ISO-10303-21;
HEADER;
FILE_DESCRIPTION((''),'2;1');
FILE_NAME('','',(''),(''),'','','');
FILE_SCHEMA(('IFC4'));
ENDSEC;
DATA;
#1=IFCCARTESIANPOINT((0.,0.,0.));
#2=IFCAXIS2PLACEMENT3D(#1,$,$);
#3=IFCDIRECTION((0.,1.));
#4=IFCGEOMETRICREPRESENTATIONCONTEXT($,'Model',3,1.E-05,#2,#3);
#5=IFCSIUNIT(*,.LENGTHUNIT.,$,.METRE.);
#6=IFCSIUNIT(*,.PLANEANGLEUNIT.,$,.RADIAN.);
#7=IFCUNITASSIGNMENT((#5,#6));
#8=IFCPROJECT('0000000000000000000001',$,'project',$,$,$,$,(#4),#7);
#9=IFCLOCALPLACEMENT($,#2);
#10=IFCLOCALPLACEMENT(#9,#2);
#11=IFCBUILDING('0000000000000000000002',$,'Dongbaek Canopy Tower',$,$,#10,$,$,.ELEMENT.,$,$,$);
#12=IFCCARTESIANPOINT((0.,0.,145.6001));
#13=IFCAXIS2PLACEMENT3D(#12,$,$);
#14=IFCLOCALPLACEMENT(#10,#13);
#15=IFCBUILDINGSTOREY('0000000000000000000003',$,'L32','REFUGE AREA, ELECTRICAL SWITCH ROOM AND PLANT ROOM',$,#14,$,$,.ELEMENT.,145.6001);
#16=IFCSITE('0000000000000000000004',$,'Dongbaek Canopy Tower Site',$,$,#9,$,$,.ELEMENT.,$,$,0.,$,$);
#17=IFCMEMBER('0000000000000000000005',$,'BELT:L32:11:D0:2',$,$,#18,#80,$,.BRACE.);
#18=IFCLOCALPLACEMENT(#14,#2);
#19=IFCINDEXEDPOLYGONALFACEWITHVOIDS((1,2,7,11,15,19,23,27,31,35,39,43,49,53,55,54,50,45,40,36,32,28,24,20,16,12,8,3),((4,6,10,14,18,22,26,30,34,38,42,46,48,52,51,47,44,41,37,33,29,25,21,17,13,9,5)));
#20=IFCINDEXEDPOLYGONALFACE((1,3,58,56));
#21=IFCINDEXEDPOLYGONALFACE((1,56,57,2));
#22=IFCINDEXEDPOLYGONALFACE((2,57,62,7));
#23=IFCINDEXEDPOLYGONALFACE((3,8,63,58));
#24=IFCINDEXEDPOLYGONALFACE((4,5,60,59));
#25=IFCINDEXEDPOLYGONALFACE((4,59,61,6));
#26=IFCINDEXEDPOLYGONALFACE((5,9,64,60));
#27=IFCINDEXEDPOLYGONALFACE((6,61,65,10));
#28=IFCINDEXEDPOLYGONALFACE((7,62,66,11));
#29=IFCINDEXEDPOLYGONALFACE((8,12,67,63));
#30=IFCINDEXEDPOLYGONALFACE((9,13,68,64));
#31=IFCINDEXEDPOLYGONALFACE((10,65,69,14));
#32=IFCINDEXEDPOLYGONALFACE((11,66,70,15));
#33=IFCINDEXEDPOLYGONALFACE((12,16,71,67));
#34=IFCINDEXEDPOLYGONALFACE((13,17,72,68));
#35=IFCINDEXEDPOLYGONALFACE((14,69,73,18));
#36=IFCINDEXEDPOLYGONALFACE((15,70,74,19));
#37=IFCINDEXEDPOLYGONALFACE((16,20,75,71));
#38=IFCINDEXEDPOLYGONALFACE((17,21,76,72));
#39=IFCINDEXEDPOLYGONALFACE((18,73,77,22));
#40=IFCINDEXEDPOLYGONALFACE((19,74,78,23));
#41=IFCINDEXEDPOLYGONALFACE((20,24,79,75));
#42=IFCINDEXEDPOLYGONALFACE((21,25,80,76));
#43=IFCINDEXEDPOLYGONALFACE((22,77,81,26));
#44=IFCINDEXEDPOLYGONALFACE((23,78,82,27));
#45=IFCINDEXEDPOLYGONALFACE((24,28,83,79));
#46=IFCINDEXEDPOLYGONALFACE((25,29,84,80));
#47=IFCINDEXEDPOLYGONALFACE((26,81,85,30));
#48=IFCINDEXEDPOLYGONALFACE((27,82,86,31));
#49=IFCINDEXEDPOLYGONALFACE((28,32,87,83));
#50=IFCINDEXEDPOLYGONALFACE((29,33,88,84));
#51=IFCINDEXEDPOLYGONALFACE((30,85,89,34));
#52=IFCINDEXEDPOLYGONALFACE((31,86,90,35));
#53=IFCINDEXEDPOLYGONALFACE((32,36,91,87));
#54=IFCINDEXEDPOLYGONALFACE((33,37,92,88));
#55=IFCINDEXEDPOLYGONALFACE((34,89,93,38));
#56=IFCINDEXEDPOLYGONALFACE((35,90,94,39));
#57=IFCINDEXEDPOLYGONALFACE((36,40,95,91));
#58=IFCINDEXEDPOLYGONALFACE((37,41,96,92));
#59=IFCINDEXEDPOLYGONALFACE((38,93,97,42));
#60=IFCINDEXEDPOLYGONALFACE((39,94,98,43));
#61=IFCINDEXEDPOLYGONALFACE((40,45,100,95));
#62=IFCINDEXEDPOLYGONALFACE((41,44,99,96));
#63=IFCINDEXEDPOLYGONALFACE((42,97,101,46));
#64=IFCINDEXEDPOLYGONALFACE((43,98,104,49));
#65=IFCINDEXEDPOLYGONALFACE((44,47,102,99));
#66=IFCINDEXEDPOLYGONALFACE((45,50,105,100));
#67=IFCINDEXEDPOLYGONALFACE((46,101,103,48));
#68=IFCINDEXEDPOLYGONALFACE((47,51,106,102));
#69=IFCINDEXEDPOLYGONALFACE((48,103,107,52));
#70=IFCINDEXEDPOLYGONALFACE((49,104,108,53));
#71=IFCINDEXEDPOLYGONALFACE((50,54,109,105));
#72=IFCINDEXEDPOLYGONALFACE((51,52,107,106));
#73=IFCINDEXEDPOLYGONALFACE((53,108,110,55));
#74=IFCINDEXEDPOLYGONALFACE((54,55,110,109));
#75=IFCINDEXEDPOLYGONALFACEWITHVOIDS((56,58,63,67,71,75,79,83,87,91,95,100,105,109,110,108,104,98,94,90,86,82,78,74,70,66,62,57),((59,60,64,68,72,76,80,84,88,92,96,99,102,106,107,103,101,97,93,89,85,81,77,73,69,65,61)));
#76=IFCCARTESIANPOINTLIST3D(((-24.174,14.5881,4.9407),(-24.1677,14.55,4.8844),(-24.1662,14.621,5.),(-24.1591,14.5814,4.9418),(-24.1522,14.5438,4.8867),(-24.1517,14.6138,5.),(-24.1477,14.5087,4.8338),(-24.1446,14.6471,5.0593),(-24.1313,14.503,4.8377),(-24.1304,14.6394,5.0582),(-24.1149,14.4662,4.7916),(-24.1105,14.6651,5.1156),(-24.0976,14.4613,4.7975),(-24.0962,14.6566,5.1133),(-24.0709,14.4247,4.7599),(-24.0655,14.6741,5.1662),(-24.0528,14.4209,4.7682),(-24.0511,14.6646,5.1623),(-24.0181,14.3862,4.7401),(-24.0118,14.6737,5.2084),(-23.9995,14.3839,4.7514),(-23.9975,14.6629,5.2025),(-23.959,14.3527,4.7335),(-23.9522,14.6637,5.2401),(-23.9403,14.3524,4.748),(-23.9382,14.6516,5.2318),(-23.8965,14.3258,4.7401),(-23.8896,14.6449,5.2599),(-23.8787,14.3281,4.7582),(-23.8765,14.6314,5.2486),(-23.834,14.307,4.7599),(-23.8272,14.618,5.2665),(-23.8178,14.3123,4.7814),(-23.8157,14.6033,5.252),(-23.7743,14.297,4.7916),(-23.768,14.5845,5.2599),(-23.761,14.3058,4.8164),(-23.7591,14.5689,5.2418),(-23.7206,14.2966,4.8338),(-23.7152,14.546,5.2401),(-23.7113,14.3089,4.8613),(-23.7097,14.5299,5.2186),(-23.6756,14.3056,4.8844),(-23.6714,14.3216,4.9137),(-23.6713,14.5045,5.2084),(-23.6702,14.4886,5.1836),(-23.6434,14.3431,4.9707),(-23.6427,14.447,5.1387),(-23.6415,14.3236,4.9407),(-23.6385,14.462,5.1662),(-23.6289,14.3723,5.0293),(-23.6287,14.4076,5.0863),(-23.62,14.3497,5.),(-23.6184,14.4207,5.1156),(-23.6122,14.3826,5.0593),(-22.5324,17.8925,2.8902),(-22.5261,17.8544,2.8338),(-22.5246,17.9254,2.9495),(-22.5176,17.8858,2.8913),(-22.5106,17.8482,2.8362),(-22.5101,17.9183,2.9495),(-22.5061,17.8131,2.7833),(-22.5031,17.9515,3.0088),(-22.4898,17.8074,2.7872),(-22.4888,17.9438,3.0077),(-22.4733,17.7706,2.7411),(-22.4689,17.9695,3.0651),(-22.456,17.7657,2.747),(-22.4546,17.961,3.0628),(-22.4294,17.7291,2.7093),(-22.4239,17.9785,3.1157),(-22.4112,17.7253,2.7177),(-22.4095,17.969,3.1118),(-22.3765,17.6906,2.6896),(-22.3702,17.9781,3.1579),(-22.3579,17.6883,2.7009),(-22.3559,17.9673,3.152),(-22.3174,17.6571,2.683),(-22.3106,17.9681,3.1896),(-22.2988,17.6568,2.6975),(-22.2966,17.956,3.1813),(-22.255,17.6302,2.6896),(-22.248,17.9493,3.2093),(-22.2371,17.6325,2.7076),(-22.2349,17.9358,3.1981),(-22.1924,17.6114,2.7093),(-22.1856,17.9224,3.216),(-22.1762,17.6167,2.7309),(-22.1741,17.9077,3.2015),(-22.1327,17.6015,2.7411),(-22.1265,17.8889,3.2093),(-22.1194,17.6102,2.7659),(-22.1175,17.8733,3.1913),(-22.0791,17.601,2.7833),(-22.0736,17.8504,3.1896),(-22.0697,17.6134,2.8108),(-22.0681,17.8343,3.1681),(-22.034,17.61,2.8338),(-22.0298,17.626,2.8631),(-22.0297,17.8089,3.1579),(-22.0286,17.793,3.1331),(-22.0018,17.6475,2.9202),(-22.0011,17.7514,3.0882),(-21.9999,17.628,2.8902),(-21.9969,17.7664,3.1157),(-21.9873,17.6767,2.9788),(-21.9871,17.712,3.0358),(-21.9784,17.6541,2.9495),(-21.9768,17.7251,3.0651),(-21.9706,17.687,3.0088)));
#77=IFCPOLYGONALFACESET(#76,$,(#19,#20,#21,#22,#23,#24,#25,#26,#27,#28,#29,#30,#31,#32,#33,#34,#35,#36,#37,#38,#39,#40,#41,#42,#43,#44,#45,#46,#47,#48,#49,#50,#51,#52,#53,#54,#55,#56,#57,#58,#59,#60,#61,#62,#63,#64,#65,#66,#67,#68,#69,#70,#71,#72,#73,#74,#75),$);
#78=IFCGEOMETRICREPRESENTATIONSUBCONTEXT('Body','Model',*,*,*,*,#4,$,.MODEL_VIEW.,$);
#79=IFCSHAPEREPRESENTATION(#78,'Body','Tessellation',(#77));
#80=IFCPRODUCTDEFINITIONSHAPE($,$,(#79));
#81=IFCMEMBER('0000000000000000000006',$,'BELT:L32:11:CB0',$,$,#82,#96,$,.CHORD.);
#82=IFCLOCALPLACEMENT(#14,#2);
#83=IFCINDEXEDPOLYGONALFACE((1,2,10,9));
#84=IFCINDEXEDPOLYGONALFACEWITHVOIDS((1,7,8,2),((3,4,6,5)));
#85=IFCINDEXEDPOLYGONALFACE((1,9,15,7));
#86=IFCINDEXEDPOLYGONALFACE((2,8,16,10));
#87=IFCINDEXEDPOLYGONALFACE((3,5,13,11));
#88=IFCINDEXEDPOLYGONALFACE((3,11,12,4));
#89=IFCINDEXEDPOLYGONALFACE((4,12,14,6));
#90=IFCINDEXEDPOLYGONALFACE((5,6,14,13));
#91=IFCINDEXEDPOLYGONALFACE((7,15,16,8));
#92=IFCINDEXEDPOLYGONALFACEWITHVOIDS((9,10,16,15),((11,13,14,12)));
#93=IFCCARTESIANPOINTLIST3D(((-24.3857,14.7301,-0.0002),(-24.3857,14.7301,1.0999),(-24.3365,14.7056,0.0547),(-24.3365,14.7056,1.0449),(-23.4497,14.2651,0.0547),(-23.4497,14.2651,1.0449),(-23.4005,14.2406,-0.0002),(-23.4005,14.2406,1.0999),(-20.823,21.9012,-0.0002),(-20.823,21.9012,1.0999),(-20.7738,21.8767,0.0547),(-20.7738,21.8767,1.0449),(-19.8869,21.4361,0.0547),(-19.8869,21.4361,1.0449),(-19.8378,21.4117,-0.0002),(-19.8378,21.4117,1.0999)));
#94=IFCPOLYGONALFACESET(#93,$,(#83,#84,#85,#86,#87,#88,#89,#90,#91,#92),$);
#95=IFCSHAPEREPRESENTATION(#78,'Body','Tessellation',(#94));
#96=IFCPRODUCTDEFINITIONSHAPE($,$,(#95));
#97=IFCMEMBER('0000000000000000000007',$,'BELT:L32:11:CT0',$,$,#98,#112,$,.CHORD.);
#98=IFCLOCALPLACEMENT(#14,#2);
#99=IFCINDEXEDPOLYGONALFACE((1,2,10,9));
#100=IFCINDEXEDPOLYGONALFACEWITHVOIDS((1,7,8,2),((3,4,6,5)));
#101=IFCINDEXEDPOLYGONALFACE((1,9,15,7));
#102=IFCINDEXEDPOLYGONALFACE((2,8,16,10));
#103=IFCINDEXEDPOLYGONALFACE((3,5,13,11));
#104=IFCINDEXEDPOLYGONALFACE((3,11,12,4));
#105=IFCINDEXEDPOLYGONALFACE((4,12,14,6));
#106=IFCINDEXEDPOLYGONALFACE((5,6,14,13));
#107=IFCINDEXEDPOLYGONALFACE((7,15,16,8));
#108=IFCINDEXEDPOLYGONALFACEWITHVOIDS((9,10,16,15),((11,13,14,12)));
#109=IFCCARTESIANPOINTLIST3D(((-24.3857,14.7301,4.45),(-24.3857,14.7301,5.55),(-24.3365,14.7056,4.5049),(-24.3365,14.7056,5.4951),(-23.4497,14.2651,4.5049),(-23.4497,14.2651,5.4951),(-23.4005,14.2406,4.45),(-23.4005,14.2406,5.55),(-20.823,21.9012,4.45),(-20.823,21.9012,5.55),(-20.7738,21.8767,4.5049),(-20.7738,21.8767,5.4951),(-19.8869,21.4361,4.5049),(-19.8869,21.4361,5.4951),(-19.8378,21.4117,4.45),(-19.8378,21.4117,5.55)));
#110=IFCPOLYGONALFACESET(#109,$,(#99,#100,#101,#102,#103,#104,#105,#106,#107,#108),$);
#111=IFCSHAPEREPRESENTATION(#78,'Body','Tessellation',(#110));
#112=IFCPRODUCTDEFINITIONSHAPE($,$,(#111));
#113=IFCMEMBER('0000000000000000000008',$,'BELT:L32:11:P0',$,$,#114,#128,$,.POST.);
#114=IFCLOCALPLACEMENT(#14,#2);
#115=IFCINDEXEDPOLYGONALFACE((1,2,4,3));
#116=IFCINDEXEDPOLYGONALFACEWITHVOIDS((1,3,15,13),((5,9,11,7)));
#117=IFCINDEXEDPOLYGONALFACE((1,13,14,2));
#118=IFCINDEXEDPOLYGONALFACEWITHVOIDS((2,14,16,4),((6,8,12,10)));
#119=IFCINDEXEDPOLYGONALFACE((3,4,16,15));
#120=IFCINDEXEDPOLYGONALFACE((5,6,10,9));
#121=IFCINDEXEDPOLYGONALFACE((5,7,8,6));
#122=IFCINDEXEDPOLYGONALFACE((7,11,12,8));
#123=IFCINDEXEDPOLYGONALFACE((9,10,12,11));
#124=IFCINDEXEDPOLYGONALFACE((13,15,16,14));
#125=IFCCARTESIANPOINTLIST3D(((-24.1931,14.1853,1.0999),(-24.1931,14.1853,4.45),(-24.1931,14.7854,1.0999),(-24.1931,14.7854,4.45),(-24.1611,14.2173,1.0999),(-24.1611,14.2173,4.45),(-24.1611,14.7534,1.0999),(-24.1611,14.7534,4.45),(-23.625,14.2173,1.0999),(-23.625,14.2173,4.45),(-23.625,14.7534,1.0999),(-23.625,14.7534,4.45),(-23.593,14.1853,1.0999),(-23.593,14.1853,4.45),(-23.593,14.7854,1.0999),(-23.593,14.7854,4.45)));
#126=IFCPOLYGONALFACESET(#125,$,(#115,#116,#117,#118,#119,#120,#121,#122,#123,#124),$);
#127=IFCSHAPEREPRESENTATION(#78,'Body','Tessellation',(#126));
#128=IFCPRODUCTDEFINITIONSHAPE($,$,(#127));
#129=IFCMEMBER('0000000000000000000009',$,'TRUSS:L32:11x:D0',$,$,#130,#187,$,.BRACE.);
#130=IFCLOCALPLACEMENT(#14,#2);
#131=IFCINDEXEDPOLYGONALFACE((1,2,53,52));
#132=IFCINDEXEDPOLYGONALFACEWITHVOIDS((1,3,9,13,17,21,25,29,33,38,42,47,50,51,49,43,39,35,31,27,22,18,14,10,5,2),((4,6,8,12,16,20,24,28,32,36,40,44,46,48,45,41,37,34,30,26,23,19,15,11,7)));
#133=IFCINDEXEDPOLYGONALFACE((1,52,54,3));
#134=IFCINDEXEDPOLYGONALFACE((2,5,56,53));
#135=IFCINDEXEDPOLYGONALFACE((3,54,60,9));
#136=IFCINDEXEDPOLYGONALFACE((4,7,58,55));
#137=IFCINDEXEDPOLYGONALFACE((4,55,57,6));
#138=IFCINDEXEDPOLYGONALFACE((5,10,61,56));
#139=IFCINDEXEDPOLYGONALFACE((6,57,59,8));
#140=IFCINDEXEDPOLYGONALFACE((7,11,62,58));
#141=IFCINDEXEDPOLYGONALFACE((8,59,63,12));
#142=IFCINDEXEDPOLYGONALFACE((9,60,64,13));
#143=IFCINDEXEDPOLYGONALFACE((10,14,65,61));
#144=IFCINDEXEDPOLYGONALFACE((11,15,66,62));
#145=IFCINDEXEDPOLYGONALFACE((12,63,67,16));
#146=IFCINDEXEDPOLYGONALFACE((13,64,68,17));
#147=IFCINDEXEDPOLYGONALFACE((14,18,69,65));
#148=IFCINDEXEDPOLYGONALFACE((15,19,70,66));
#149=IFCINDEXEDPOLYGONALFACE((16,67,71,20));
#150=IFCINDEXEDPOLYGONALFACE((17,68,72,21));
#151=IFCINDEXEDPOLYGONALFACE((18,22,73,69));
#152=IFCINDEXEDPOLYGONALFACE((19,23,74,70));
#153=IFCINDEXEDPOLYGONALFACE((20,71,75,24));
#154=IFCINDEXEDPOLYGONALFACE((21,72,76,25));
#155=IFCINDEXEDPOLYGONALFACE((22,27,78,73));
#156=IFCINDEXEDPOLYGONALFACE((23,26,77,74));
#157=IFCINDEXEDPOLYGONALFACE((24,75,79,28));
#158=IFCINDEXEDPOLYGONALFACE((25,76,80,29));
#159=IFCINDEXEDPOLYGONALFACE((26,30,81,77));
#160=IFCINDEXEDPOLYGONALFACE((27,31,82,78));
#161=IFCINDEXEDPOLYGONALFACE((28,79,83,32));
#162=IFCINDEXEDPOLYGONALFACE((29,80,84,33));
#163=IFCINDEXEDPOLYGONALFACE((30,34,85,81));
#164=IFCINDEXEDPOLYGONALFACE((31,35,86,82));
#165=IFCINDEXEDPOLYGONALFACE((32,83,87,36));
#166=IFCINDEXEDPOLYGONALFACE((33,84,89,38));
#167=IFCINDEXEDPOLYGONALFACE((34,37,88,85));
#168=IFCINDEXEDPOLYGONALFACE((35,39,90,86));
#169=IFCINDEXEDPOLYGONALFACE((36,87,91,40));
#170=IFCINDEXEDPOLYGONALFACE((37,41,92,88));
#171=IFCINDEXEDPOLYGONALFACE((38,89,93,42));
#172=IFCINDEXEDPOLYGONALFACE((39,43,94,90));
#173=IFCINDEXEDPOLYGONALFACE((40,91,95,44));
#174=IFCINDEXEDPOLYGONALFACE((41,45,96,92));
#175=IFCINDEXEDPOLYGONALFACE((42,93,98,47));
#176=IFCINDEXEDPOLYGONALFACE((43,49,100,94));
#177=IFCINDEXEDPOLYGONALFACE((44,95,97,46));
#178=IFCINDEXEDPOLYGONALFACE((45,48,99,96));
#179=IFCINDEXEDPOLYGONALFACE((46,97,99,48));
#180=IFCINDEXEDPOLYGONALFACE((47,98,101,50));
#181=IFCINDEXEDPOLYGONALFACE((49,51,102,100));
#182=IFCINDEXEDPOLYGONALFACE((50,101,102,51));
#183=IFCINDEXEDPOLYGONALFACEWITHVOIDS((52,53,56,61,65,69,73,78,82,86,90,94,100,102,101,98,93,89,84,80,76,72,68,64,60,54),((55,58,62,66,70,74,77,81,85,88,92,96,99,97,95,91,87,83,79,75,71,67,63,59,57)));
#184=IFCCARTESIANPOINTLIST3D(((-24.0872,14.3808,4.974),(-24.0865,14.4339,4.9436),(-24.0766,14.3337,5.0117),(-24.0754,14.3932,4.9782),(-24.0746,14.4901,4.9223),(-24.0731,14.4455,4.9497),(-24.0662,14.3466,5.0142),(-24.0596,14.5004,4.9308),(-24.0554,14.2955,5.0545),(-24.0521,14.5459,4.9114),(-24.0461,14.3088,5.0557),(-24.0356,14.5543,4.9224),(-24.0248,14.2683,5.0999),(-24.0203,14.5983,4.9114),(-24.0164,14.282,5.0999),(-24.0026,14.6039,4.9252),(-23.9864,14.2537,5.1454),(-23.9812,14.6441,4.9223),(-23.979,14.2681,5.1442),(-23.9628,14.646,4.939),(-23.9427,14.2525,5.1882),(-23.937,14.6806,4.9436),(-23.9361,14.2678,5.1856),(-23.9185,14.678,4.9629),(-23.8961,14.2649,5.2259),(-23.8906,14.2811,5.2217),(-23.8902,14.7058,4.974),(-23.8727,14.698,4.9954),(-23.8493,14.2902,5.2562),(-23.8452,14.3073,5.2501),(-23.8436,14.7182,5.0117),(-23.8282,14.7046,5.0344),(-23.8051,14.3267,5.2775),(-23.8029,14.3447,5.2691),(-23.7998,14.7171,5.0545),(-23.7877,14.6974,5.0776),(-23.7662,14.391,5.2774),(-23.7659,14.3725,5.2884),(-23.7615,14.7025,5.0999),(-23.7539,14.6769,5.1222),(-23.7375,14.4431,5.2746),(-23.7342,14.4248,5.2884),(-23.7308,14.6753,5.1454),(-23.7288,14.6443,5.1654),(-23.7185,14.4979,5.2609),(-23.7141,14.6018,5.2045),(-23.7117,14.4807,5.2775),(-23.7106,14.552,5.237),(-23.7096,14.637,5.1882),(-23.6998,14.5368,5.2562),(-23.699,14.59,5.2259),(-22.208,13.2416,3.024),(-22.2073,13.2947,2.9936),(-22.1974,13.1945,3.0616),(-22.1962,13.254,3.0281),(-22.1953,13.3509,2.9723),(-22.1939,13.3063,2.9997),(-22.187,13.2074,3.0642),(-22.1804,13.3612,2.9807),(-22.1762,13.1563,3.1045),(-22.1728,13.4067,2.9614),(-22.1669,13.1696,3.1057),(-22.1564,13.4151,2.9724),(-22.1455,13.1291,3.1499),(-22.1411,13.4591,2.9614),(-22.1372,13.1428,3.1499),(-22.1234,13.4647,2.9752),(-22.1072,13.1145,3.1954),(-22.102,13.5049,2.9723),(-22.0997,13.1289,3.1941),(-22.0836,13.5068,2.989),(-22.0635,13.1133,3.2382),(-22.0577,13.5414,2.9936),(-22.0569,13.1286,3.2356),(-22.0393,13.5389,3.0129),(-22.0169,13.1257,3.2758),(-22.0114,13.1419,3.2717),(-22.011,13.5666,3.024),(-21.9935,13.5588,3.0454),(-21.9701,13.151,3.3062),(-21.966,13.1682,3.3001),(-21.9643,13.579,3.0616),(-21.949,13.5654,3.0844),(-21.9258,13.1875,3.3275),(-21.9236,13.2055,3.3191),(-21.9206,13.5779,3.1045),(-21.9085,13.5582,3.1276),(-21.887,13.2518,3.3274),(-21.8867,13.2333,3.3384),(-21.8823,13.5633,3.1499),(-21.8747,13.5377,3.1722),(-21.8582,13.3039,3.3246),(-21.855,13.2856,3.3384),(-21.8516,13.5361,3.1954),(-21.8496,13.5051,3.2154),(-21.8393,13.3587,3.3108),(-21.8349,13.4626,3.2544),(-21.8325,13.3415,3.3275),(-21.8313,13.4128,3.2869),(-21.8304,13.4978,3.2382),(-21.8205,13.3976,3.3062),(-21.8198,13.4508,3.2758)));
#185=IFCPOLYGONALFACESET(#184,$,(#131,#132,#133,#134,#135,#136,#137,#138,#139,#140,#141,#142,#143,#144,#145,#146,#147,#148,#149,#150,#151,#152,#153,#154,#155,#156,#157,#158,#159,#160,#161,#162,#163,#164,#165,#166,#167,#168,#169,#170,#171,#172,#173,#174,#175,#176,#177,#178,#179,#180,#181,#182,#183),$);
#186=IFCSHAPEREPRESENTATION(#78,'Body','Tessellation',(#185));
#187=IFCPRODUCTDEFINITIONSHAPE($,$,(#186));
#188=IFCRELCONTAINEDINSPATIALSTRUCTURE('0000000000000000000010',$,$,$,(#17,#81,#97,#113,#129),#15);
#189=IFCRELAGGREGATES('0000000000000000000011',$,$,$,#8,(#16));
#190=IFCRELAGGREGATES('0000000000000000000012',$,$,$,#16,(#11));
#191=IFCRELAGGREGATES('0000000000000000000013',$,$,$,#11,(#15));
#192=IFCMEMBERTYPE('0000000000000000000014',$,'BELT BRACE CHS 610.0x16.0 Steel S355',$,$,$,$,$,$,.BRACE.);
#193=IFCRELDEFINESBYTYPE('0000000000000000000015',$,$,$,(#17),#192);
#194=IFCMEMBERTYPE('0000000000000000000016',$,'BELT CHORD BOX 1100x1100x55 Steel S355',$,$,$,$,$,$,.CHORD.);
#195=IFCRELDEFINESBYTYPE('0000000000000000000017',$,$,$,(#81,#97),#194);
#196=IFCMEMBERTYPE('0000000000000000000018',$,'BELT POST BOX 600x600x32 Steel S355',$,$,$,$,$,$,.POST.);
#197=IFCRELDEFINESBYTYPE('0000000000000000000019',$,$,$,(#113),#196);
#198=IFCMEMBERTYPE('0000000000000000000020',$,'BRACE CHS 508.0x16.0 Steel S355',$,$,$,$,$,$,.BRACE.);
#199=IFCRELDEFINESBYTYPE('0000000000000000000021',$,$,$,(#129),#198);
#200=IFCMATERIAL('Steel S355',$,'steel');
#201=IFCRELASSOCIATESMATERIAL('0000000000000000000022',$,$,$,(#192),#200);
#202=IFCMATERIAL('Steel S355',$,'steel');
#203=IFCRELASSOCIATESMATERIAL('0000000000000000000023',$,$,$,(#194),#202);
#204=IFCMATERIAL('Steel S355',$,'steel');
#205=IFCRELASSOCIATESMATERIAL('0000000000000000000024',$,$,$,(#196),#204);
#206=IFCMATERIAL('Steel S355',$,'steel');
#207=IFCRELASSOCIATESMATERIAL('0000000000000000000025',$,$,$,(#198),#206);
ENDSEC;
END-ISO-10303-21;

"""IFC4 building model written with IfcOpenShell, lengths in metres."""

from ifc_helpers import new_model, si_unit, direction, frame, origin, origin_2d, place, context, subcontext, project, spatial, hollow_rectangle, hollow_circle, extrude, material, material_profile, profile_set, type_object, element, save


model = new_model("IFC4")

# Units and contexts
model_context = context("Model", 3, precision=1e-05, world=origin(), true_north=direction((0.0, 1.0)))
body_context = subcontext(model_context, "Body", "Model", "MODEL_VIEW")
ifc_project = project(units=[si_unit("LENGTHUNIT", "METRE"), si_unit("PLANEANGLEUNIT", "RADIAN")], contexts=[model_context])

# Site, building, storey
site_placement = place(None, origin())
site = spatial("IfcSite", under=ifc_project, at=site_placement, Name="Dongbaek Canopy Tower Site", CompositionType="ELEMENT", RefElevation=0.0)
building_placement = place(site_placement, origin())
building = spatial("IfcBuilding", under=site, at=building_placement, Name="Dongbaek Canopy Tower", CompositionType="ELEMENT")
storey_placement = place(building_placement, frame((0.0, 0.0, 145.6001)))
storey = spatial("IfcBuildingStorey", under=building, at=storey_placement, Name="L32", Description="REFUGE AREA, ELECTRICAL SWITCH ROOM AND PLANT ROOM", CompositionType="ELEMENT", Elevation=145.6001)

# Members
ifc_material_1 = material(Name="Steel S355", Category="steel")
ifc_material_profile_1 = material_profile(ifc_material_1, hollow_circle(Radius=0.3049, WallThickness=0.0161, at=origin_2d()), Name="BELT BRACE CHS 610.0x16.0 Steel S355")
ifc_profile_set_1 = profile_set([ifc_material_profile_1], Name="Steel S355")
member_type_1 = type_object("IfcMemberType", Name="BELT BRACE CHS 610.0x16.0 Steel S355", PredefinedType="BRACE", material=ifc_profile_set_1)
member_1_placement = place(storey_placement, frame((-23.8931, 14.4854, 5.0), z_axis=(0.38889, 0.782813, -0.485766), x_axis=(-0.895576, 0.444909, 0.0)))
element("IfcMember", 1, at=member_1_placement, inside=storey, type_object=member_type_1, Name="BELT:L32:11:D0:2", PredefinedType="BRACE", context=body_context, shape_type="SweptSolid", body=[
    extrude(hollow_circle(Radius=0.3049, WallThickness=0.0161, at=origin_2d()), origin(), (0.0, 0.0, 1.0), 4.2212),
])
ifc_material_2 = material(Name="Steel S355", Category="steel")
ifc_material_profile_2 = material_profile(ifc_material_2, hollow_rectangle(XDim=1.1001, YDim=1.1001, WallThickness=0.0549, at=origin_2d()), Name="BELT CHORD BOX 1100x1100x55 Steel S355")
ifc_profile_set_2 = profile_set([ifc_material_profile_2], Name="Steel S355")
member_type_2 = type_object("IfcMemberType", Name="BELT CHORD BOX 1100x1100x55 Steel S355", PredefinedType="CHORD", material=ifc_profile_set_2)
for number, where, z_axis, x_axis, name in (
    (2, (-23.8931, 14.4854, 0.5498), (0.444932, 0.895565, 0.0), (-0.895565, 0.444932, 0.0), "BELT:L32:11:CB0"),
    (3, (-23.8931, 14.4854, 5.0), (0.444932, 0.895565, 0.0), (-0.895565, 0.444932, 0.0), "BELT:L32:11:CT0"),
):
    element("IfcMember", number, at=place(storey_placement, frame(where, z_axis=z_axis, x_axis=x_axis)), inside=storey, type_object=member_type_2, Name=name, PredefinedType="CHORD", context=body_context, shape_type="SweptSolid", body=[
        extrude(hollow_rectangle(XDim=1.1001, YDim=1.1001, WallThickness=0.0549, at=origin_2d()), origin(), (0.0, 0.0, 1.0), 8.0073),
    ])
ifc_material_3 = material(Name="Steel S355", Category="steel")
ifc_material_profile_3 = material_profile(ifc_material_3, hollow_rectangle(XDim=0.6001, YDim=0.6001, WallThickness=0.032, at=origin_2d()), Name="BELT POST BOX 600x600x32 Steel S355")
ifc_profile_set_3 = profile_set([ifc_material_profile_3], Name="Steel S355")
member_type_3 = type_object("IfcMemberType", Name="BELT POST BOX 600x600x32 Steel S355", PredefinedType="POST", material=ifc_profile_set_3)
member_2_placement = place(storey_placement, frame((-23.8931, 14.4854, 1.0999), z_axis=(0.0, 0.0, 1.0), x_axis=(1.0, 0.0, 0.0)))
element("IfcMember", 4, at=member_2_placement, inside=storey, type_object=member_type_3, Name="BELT:L32:11:P0", PredefinedType="POST", context=body_context, shape_type="SweptSolid", body=[
    extrude(hollow_rectangle(XDim=0.6001, YDim=0.6001, WallThickness=0.032, at=origin_2d()), origin(), (0.0, 0.0, 1.0), 3.3501),
])
ifc_material_4 = material(Name="Steel S355", Category="steel")
ifc_material_profile_4 = material_profile(ifc_material_4, hollow_circle(Radius=0.2539, WallThickness=0.0161, at=origin_2d()), Name="BRACE CHS 508.0x16.0 Steel S355")
ifc_profile_set_4 = profile_set([ifc_material_profile_4], Name="Steel S355")
member_type_4 = type_object("IfcMemberType", Name="BRACE CHS 508.0x16.0 Steel S355", PredefinedType="BRACE", material=ifc_profile_set_4)
member_3_placement = place(storey_placement, frame((-22.0139, 13.3462, 3.1499), z_axis=(-0.639626, 0.387748, 0.663725), x_axis=(-0.518395, -0.855141, 0.0)))
element("IfcMember", 5, at=member_3_placement, inside=storey, type_object=member_type_4, Name="TRUSS:L32:11x:D0", PredefinedType="BRACE", context=body_context, shape_type="SweptSolid", body=[
    extrude(hollow_circle(Radius=0.2539, WallThickness=0.0161, at=origin_2d()), origin(), (0.0, 0.0, 1.0), 2.938),
])

save(model, "model.ifc")
